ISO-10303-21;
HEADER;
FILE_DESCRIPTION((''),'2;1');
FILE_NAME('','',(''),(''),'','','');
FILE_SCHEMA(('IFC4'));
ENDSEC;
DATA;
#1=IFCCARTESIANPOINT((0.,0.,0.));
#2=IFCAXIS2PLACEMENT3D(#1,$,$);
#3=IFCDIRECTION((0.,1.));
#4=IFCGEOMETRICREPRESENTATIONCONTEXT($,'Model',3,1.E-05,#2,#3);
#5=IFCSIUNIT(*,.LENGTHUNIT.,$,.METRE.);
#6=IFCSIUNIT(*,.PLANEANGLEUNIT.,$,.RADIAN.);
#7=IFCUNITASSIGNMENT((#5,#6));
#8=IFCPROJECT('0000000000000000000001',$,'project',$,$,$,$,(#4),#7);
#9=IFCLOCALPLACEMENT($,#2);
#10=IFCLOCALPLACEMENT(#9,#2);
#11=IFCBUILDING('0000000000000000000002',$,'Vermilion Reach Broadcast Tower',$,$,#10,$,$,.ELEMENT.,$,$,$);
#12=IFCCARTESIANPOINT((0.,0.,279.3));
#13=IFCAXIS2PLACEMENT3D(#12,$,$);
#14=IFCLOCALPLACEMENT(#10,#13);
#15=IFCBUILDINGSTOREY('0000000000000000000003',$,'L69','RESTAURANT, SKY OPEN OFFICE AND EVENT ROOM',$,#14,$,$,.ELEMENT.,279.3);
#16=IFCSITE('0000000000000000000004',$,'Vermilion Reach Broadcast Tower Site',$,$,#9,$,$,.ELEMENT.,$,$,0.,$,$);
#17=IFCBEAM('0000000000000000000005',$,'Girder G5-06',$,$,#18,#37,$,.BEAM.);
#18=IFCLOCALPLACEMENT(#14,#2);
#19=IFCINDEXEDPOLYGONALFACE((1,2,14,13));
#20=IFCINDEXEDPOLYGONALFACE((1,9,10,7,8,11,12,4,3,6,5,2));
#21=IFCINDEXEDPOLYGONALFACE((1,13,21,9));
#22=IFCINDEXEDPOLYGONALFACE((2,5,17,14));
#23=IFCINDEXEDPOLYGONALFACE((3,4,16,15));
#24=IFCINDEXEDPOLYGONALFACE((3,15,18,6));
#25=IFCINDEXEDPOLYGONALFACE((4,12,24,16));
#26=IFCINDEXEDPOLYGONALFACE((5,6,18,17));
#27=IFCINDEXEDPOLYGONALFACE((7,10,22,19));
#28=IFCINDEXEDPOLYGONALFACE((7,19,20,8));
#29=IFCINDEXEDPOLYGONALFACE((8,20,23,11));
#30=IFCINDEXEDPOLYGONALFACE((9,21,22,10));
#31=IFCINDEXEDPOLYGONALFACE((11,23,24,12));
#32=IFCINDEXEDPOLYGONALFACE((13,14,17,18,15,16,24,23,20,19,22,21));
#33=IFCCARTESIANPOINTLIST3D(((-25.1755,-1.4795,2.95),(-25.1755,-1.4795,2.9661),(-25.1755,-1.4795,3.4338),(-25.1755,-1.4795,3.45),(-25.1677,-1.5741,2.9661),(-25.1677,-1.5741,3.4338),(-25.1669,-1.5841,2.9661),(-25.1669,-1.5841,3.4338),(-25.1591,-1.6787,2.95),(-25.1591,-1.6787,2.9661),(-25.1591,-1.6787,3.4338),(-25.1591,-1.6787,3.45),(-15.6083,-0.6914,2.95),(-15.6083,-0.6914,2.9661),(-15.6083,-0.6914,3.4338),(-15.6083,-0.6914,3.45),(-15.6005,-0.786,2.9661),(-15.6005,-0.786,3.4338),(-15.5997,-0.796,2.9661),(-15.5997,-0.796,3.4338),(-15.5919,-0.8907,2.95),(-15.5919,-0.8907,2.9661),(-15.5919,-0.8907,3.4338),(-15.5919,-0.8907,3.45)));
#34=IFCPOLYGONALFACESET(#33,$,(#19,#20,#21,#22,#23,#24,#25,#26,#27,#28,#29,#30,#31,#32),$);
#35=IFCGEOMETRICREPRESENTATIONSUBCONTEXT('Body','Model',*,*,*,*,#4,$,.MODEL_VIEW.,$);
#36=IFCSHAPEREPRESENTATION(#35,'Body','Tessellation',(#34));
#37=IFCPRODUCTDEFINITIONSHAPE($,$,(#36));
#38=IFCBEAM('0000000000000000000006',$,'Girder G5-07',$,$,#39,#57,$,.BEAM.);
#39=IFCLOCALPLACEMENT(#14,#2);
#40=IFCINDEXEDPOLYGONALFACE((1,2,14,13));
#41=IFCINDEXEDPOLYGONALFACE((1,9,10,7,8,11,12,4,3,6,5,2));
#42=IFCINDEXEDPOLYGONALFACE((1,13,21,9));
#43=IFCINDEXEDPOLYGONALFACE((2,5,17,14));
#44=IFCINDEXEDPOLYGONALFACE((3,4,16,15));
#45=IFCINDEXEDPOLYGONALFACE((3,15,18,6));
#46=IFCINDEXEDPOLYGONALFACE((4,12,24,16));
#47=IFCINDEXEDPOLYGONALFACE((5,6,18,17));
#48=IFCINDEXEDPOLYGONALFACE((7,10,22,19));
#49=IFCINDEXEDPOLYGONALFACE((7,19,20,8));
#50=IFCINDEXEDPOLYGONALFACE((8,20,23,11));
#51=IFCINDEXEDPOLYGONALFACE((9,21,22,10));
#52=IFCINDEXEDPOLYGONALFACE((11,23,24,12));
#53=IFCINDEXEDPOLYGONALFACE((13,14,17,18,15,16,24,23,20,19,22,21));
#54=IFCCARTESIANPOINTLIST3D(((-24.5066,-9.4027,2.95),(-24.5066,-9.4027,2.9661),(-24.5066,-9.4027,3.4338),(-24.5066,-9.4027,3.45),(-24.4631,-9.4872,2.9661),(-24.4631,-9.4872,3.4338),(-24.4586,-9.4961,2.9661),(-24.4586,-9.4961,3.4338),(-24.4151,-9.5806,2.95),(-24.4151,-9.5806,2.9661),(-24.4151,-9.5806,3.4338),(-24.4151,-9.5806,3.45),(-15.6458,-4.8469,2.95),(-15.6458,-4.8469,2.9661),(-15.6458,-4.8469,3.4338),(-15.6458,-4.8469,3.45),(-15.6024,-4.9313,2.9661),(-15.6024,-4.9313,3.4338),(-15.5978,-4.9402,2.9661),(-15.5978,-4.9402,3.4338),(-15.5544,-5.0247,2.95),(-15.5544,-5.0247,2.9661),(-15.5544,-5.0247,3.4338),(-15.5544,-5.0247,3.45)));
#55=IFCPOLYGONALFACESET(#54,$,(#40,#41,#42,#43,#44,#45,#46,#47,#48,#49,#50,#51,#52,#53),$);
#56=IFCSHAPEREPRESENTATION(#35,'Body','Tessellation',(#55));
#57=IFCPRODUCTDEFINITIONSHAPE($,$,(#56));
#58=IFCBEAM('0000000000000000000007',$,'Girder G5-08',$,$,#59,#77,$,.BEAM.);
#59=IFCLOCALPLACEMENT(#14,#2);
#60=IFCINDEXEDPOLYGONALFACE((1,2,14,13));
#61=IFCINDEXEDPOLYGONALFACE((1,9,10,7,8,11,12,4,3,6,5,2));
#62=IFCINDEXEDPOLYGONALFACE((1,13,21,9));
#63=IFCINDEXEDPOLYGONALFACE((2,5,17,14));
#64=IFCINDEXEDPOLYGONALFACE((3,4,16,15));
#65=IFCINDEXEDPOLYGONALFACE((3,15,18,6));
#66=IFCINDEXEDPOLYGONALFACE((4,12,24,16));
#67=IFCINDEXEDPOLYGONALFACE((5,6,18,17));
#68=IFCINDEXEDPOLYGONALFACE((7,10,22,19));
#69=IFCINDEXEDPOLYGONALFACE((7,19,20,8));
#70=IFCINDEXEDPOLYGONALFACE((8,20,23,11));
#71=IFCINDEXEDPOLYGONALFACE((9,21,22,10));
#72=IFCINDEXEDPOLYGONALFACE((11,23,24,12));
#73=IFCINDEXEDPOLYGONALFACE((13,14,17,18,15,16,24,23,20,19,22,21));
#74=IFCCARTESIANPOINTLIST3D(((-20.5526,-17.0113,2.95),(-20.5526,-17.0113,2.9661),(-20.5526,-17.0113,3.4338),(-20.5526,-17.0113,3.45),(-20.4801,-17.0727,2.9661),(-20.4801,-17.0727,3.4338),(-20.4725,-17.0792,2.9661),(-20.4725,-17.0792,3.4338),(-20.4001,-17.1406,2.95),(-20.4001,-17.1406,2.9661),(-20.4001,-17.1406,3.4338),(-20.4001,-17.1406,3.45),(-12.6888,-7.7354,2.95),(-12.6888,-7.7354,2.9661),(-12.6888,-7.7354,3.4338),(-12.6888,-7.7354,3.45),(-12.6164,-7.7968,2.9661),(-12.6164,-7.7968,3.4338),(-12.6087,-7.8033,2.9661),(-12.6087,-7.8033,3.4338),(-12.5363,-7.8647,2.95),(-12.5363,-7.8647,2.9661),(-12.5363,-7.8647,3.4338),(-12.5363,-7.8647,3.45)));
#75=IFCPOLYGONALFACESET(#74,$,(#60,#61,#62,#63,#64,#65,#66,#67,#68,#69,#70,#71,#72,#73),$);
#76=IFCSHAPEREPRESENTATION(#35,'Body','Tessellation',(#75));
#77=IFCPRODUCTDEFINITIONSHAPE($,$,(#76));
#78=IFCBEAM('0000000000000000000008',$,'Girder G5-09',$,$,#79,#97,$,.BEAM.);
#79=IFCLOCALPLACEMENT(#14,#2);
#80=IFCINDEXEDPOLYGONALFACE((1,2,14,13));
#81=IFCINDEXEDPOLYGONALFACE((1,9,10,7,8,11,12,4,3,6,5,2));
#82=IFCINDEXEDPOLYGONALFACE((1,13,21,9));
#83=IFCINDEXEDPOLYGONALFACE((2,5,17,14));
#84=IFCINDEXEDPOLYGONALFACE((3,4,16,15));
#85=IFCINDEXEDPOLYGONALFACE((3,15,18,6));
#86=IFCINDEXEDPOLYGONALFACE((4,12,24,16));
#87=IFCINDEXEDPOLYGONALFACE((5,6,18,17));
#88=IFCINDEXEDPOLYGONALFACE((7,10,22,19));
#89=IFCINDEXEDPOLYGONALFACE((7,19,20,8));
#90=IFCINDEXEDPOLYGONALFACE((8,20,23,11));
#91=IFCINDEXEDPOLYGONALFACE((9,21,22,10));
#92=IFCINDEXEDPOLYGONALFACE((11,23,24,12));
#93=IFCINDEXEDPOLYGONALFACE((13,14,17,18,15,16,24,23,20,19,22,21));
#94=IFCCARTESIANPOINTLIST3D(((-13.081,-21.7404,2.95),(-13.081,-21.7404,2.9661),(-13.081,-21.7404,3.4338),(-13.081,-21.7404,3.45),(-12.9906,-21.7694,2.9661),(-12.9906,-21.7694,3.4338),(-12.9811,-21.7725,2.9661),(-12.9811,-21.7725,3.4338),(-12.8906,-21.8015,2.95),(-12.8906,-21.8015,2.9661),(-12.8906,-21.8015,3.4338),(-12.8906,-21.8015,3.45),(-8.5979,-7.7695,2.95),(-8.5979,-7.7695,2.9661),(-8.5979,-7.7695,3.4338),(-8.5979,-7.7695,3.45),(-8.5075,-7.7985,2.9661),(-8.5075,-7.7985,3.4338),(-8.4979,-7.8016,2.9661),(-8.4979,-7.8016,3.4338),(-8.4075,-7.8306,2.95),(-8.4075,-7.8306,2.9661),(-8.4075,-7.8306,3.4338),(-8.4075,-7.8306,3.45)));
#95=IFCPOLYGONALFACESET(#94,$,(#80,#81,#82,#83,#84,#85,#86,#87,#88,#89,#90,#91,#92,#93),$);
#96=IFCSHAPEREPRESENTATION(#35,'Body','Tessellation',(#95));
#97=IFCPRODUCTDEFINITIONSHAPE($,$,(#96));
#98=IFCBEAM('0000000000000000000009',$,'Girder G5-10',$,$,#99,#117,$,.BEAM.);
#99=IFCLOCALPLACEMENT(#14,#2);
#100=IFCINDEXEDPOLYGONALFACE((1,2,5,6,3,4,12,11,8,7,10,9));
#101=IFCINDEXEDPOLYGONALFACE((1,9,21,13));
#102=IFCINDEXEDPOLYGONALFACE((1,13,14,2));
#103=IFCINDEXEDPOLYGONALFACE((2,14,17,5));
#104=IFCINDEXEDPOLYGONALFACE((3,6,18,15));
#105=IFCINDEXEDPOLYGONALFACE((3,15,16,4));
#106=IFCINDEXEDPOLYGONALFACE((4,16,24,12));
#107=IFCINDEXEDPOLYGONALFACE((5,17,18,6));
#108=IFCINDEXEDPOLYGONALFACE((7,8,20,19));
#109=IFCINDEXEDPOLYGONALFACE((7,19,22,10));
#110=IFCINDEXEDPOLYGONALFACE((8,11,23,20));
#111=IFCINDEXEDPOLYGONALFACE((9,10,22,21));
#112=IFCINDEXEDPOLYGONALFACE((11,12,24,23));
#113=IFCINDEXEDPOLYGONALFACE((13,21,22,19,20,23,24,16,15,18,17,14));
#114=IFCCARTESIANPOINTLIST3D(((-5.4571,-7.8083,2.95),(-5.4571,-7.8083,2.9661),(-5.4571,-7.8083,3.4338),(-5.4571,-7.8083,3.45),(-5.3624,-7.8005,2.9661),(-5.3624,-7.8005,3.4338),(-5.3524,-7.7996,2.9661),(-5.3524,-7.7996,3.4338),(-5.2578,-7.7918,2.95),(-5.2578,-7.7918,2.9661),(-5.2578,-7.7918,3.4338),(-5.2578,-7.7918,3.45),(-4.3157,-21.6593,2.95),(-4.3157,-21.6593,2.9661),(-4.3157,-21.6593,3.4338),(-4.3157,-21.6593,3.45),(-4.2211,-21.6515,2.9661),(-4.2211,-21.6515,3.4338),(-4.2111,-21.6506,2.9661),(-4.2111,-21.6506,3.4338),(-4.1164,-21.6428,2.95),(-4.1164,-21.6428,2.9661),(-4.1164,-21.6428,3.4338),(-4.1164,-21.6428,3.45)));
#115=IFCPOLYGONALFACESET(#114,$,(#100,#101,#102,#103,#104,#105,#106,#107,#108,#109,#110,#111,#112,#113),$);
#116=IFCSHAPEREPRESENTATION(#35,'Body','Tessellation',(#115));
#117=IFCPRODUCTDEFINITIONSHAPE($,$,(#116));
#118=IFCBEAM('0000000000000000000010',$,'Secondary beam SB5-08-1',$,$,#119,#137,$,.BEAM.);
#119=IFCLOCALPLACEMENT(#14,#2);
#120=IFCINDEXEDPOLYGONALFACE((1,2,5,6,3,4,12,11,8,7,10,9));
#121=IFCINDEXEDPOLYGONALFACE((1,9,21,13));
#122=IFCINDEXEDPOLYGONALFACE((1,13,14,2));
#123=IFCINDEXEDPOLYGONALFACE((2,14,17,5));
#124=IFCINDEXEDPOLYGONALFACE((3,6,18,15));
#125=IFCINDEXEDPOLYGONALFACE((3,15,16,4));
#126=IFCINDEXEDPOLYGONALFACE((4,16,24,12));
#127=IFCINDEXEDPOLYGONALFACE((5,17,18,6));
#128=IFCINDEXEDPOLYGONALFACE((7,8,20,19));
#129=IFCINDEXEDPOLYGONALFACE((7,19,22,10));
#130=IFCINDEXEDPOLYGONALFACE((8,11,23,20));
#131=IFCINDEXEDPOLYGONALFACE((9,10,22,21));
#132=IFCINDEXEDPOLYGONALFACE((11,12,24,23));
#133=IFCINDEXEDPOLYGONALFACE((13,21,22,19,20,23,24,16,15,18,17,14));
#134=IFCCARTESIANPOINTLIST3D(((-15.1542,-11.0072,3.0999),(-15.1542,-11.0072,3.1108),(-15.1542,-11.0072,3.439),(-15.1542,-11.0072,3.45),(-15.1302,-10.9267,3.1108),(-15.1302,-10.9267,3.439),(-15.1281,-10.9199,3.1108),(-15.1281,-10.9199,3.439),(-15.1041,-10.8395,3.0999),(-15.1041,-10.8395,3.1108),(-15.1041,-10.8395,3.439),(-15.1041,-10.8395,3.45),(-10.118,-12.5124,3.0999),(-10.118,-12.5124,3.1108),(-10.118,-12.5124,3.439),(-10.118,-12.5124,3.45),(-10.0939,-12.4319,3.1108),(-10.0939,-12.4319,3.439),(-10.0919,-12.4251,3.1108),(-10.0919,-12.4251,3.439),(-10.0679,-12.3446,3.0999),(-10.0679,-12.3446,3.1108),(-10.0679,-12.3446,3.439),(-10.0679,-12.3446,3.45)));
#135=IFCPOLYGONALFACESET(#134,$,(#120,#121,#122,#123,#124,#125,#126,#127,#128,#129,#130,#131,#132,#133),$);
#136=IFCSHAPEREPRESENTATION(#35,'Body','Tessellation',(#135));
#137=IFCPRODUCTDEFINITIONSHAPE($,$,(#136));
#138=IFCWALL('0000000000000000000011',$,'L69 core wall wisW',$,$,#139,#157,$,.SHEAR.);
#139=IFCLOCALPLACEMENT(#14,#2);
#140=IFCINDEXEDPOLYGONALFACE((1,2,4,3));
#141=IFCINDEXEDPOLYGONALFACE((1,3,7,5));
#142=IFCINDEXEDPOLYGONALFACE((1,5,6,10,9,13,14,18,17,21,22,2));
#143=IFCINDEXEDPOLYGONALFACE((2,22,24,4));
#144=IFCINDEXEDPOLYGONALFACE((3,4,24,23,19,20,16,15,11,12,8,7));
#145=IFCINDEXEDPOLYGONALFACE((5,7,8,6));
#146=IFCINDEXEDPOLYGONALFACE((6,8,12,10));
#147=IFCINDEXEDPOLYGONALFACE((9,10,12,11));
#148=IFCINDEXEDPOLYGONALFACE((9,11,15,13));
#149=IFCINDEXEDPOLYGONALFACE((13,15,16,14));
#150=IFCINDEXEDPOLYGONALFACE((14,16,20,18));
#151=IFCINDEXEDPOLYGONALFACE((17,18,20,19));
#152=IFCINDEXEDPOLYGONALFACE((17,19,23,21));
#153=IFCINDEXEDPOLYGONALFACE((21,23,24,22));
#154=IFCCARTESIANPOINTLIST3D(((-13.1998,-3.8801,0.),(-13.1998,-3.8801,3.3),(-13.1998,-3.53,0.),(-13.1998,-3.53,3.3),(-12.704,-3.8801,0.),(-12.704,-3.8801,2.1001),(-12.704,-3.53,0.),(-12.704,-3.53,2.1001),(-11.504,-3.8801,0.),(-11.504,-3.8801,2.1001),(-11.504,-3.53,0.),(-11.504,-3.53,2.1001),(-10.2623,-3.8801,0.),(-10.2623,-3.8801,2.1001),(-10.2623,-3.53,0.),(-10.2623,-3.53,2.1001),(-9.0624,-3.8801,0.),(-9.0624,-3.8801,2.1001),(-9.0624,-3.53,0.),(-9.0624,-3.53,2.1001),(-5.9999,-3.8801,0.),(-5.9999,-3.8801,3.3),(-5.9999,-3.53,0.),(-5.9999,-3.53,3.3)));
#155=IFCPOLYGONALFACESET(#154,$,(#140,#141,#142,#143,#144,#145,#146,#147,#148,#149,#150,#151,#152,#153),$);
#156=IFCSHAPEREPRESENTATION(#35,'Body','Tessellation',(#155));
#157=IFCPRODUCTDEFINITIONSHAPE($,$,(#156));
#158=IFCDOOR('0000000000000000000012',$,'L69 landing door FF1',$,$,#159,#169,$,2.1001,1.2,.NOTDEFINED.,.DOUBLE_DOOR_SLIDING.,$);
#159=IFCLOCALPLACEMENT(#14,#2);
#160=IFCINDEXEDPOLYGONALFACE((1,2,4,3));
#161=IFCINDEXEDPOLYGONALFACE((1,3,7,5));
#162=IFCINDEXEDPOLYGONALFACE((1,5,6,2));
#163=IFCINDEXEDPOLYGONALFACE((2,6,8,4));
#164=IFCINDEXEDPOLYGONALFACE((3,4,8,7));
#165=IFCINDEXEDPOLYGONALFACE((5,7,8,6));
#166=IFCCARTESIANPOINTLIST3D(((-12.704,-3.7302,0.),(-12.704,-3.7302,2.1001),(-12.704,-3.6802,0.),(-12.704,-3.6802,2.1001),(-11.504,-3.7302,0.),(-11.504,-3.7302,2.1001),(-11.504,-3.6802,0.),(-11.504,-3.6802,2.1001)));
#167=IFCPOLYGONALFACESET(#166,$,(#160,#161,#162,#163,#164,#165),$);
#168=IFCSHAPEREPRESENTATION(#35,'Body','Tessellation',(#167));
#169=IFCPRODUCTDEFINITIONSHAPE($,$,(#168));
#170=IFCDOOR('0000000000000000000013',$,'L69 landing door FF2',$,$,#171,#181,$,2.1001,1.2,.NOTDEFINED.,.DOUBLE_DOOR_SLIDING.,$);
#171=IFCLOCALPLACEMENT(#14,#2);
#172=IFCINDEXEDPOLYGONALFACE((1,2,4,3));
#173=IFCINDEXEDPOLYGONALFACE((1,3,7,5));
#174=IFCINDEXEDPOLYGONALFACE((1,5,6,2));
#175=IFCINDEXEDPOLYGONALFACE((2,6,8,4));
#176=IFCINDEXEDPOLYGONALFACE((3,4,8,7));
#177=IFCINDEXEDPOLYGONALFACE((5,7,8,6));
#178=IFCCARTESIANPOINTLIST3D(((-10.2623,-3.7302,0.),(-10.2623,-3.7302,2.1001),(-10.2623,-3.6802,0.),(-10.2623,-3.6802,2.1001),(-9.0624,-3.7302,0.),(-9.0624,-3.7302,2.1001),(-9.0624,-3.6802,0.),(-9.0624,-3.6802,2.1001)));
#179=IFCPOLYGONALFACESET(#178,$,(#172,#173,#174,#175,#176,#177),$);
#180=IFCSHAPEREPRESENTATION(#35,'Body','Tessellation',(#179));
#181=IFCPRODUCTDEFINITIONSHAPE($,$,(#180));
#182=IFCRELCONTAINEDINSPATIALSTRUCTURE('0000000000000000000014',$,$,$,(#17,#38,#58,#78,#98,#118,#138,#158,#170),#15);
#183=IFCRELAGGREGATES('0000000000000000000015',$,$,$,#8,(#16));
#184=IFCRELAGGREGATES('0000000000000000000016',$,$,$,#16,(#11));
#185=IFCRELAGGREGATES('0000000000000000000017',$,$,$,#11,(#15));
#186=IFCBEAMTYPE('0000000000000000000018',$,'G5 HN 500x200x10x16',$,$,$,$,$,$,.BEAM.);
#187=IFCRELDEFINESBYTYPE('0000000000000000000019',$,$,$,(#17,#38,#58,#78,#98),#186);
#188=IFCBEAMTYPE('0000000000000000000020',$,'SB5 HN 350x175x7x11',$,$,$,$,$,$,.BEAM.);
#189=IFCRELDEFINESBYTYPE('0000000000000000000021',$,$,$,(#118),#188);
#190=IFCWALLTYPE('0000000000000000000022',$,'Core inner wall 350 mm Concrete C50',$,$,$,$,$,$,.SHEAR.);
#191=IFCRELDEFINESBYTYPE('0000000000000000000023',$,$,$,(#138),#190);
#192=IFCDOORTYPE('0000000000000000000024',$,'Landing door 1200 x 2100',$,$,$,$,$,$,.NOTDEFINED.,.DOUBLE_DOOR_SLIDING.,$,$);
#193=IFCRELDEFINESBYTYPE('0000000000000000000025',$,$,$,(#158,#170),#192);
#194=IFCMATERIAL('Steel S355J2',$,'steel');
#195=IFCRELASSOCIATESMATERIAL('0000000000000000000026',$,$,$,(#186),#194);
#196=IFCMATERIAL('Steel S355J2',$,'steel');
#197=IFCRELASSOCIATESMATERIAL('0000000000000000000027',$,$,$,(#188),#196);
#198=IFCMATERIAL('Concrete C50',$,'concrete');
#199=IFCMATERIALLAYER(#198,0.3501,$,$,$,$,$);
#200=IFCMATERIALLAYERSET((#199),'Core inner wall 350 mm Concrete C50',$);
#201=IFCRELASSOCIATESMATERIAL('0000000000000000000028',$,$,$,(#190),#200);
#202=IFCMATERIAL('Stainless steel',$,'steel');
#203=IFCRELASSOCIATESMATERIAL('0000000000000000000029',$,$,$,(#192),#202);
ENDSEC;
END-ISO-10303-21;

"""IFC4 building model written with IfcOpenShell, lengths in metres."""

from ifc_helpers import new_model, si_unit, direction, frame, frame_2d, origin, origin_2d, place, context, subcontext, project, spatial, rectangle, i_section, extrude, material, layer, layer_set, material_profile, profile_set, type_object, element, fill, save


model = new_model("IFC4")

# Units and contexts
model_context = context("Model", 3, precision=1e-05, world=origin(), true_north=direction((0.0, 1.0)))
body_context = subcontext(model_context, "Body", "Model", "MODEL_VIEW")
ifc_project = project(units=[si_unit("LENGTHUNIT", "METRE"), si_unit("PLANEANGLEUNIT", "RADIAN")], contexts=[model_context])

# Site, building, storey
site_placement = place(None, origin())
site = spatial("IfcSite", under=ifc_project, at=site_placement, Name="Vermilion Reach Broadcast Tower Site", CompositionType="ELEMENT", RefElevation=0.0)
building_placement = place(site_placement, origin())
building = spatial("IfcBuilding", under=site, at=building_placement, Name="Vermilion Reach Broadcast Tower", CompositionType="ELEMENT")
storey_placement = place(building_placement, frame((0.0, 0.0, 279.3)))
storey = spatial("IfcBuildingStorey", under=building, at=storey_placement, Name="L69", Description="RESTAURANT, SKY OPEN OFFICE AND EVENT ROOM", CompositionType="ELEMENT", Elevation=279.3)

# Beams
ifc_material_1 = material(Name="Steel S355J2", Category="steel")
ifc_material_profile_1 = material_profile(ifc_material_1, i_section(OverallWidth=0.2, OverallDepth=0.5, WebThickness=0.01, FlangeThickness=0.0161, at=origin_2d()), Name="S355J2 HN 500x200x10x16")
ifc_profile_set_1 = profile_set([ifc_material_profile_1], Name="Steel S355J2")
beam_type_1 = type_object("IfcBeamType", Name="G5 HN 500x200x10x16", PredefinedType="BEAM", material=ifc_profile_set_1)
beam_1_placement = place(storey_placement, frame((-15.6001, -0.791, 3.2), z_axis=(-0.996624, -0.082096, 0.0), x_axis=(0.082096, -0.996624, 0.0)))
element("IfcBeam", 1, at=beam_1_placement, inside=storey, type_object=beam_type_1, Name="Girder G5-06", PredefinedType="BEAM", context=body_context, shape_type="SweptSolid", body=[
    extrude(i_section(OverallWidth=0.2, OverallDepth=0.5, WebThickness=0.01, FlangeThickness=0.0161, at=origin_2d()), origin(), (0.0, 0.0, 1.0), 9.5996),
])
beam_2_placement = place(storey_placement, frame((-15.6001, -4.9358, 3.2), z_axis=(-0.889333, -0.457261, 0.0), x_axis=(0.457261, -0.889333, 0.0)))
element("IfcBeam", 2, at=beam_2_placement, inside=storey, type_object=beam_type_1, Name="Girder G5-07", PredefinedType="BEAM", context=body_context, shape_type="SweptSolid", body=[
    extrude(i_section(OverallWidth=0.2, OverallDepth=0.5, WebThickness=0.01, FlangeThickness=0.0161, at=origin_2d()), origin(), (0.0, 0.0, 1.0), 9.9634),
])
beam_3_placement = place(storey_placement, frame((-12.6125, -7.8, 3.2), z_axis=(-0.646658, -0.76278, 0.0), x_axis=(0.76278, -0.646658, 0.0)))
element("IfcBeam", 3, at=beam_3_placement, inside=storey, type_object=beam_type_1, Name="Girder G5-08", PredefinedType="BEAM", context=body_context, shape_type="SweptSolid", body=[
    extrude(i_section(OverallWidth=0.2, OverallDepth=0.5, WebThickness=0.01, FlangeThickness=0.0161, at=origin_2d()), origin(), (0.0, 0.0, 1.0), 12.1606),
])
beam_4_placement = place(storey_placement, frame((-8.5027, -7.8, 3.2), z_axis=(-0.305545, -0.952178, 0.0), x_axis=(0.952178, -0.305545, 0.0)))
element("IfcBeam", 4, at=beam_4_placement, inside=storey, type_object=beam_type_1, Name="Girder G5-09", PredefinedType="BEAM", context=body_context, shape_type="SweptSolid", body=[
    extrude(i_section(OverallWidth=0.2, OverallDepth=0.5, WebThickness=0.01, FlangeThickness=0.0161, at=origin_2d()), origin(), (0.0, 0.0, 1.0), 14.6726),
])
beam_5_placement = place(storey_placement, frame((-5.3574, -7.8, 3.2), z_axis=(0.082124, -0.996622, 0.0), x_axis=(0.996622, 0.082124, 0.0)))
element("IfcBeam", 5, at=beam_5_placement, inside=storey, type_object=beam_type_1, Name="Girder G5-10", PredefinedType="BEAM", context=body_context, shape_type="SweptSolid", body=[
    extrude(i_section(OverallWidth=0.2, OverallDepth=0.5, WebThickness=0.01, FlangeThickness=0.0161, at=origin_2d()), origin(), (0.0, 0.0, 1.0), 13.8979),
])
ifc_material_2 = material(Name="Steel S355J2", Category="steel")
ifc_material_profile_2 = material_profile(ifc_material_2, i_section(OverallWidth=0.175, OverallDepth=0.3501, WebThickness=0.0071, FlangeThickness=0.011, at=origin_2d()), Name="S355J2 HN 350x175x7x11")
ifc_profile_set_2 = profile_set([ifc_material_profile_2], Name="Steel S355J2")
beam_type_2 = type_object("IfcBeamType", Name="SB5 HN 350x175x7x11", PredefinedType="BEAM", material=ifc_profile_set_2)
beam_6_placement = place(storey_placement, frame((-15.1292, -10.9233, 3.2749), z_axis=(0.958125, -0.286351, 0.0), x_axis=(0.286351, 0.958125, 0.0)))
element("IfcBeam", 6, at=beam_6_placement, inside=storey, type_object=beam_type_2, Name="Secondary beam SB5-08-1", PredefinedType="BEAM", context=body_context, shape_type="SweptSolid", body=[
    extrude(i_section(OverallWidth=0.175, OverallDepth=0.3501, WebThickness=0.0071, FlangeThickness=0.011, at=origin_2d()), origin(), (0.0, 0.0, 1.0), 5.2563),
])

# Wall, openings, doors
ifc_material_3 = material(Name="Concrete C50", Category="concrete")
ifc_layer_1 = layer(ifc_material_3, 0.3501)
ifc_layer_set_1 = layer_set([ifc_layer_1], Name="Core inner wall 350 mm Concrete C50")
wall_type_1 = type_object("IfcWallType", Name="Core inner wall 350 mm Concrete C50", PredefinedType="SHEAR", material=ifc_layer_set_1)
wall_1_placement = place(storey_placement, frame((-13.2, -3.7051, 0.0), z_axis=(0.0, 0.0, 1.0), x_axis=(1.0, 0.0, 0.0)))
wall_1 = element("IfcWall", 7, at=wall_1_placement, inside=storey, type_object=wall_type_1, Name="L69 core wall wisW", PredefinedType="SHEAR", context=body_context, shape_type="SweptSolid", body=[
    extrude(rectangle(XDim=7.2, YDim=0.3501, at=frame_2d((3.6001, 0.0))), origin(), (0.0, 0.0, 1.0), 3.3),
])
opening_1_placement = place(wall_1_placement, frame((0.4958, 0.0, 0.0)))
opening_1 = element("IfcOpeningElement", 8, at=opening_1_placement, cuts=wall_1, PredefinedType="OPENING", context=body_context, shape_type="SweptSolid", body=[
    extrude(rectangle(XDim=1.2, YDim=2.1001, at=frame_2d((0.6001, 1.05))), frame((0.0, 0.1851, 0.0), z_axis=(0.0, -1.0, 0.0), x_axis=(1.0, 0.0, 0.0)), (0.0, 0.0, 1.0), 0.3701),
])
opening_2_placement = place(wall_1_placement, frame((2.9375, 0.0, 0.0)))
opening_2 = element("IfcOpeningElement", 9, at=opening_2_placement, cuts=wall_1, PredefinedType="OPENING", context=body_context, shape_type="SweptSolid", body=[
    extrude(rectangle(XDim=1.2, YDim=2.1001, at=frame_2d((0.6001, 1.05))), frame((0.0, 0.1851, 0.0), z_axis=(0.0, -1.0, 0.0), x_axis=(1.0, 0.0, 0.0)), (0.0, 0.0, 1.0), 0.3701),
])
ifc_material_4 = material(Name="Stainless steel", Category="steel")
door_type_1 = type_object("IfcDoorType", Name="Landing door 1200 x 2100", OperationType="DOUBLE_DOOR_SLIDING", PredefinedType="NOTDEFINED", material=ifc_material_4)
door_1_placement = place(opening_1_placement, origin())
door_1 = element("IfcDoor", 10, at=door_1_placement, inside=storey, type_object=door_type_1, Name="L69 landing door FF1", OperationType="DOUBLE_DOOR_SLIDING", OverallHeight=2.1001, OverallWidth=1.2, PredefinedType="NOTDEFINED", context=body_context, shape_type="SweptSolid", body=[
    extrude(rectangle(XDim=1.2, YDim=2.1001, at=frame_2d((0.6001, 1.05))), frame((0.0, 0.0249, 0.0), z_axis=(0.0, -1.0, 0.0), x_axis=(1.0, 0.0, 0.0)), (0.0, 0.0, 1.0), 0.05),
])
fill(opening_1, door_1)
door_2_placement = place(opening_2_placement, origin())
door_2 = element("IfcDoor", 11, at=door_2_placement, inside=storey, type_object=door_type_1, Name="L69 landing door FF2", OperationType="DOUBLE_DOOR_SLIDING", OverallHeight=2.1001, OverallWidth=1.2, PredefinedType="NOTDEFINED", context=body_context, shape_type="SweptSolid", body=[
    extrude(rectangle(XDim=1.2, YDim=2.1001, at=frame_2d((0.6001, 1.05))), frame((0.0, 0.0249, 0.0), z_axis=(0.0, -1.0, 0.0), x_axis=(1.0, 0.0, 0.0)), (0.0, 0.0, 1.0), 0.05),
])
fill(opening_2, door_2)

save(model, "model.ifc")
